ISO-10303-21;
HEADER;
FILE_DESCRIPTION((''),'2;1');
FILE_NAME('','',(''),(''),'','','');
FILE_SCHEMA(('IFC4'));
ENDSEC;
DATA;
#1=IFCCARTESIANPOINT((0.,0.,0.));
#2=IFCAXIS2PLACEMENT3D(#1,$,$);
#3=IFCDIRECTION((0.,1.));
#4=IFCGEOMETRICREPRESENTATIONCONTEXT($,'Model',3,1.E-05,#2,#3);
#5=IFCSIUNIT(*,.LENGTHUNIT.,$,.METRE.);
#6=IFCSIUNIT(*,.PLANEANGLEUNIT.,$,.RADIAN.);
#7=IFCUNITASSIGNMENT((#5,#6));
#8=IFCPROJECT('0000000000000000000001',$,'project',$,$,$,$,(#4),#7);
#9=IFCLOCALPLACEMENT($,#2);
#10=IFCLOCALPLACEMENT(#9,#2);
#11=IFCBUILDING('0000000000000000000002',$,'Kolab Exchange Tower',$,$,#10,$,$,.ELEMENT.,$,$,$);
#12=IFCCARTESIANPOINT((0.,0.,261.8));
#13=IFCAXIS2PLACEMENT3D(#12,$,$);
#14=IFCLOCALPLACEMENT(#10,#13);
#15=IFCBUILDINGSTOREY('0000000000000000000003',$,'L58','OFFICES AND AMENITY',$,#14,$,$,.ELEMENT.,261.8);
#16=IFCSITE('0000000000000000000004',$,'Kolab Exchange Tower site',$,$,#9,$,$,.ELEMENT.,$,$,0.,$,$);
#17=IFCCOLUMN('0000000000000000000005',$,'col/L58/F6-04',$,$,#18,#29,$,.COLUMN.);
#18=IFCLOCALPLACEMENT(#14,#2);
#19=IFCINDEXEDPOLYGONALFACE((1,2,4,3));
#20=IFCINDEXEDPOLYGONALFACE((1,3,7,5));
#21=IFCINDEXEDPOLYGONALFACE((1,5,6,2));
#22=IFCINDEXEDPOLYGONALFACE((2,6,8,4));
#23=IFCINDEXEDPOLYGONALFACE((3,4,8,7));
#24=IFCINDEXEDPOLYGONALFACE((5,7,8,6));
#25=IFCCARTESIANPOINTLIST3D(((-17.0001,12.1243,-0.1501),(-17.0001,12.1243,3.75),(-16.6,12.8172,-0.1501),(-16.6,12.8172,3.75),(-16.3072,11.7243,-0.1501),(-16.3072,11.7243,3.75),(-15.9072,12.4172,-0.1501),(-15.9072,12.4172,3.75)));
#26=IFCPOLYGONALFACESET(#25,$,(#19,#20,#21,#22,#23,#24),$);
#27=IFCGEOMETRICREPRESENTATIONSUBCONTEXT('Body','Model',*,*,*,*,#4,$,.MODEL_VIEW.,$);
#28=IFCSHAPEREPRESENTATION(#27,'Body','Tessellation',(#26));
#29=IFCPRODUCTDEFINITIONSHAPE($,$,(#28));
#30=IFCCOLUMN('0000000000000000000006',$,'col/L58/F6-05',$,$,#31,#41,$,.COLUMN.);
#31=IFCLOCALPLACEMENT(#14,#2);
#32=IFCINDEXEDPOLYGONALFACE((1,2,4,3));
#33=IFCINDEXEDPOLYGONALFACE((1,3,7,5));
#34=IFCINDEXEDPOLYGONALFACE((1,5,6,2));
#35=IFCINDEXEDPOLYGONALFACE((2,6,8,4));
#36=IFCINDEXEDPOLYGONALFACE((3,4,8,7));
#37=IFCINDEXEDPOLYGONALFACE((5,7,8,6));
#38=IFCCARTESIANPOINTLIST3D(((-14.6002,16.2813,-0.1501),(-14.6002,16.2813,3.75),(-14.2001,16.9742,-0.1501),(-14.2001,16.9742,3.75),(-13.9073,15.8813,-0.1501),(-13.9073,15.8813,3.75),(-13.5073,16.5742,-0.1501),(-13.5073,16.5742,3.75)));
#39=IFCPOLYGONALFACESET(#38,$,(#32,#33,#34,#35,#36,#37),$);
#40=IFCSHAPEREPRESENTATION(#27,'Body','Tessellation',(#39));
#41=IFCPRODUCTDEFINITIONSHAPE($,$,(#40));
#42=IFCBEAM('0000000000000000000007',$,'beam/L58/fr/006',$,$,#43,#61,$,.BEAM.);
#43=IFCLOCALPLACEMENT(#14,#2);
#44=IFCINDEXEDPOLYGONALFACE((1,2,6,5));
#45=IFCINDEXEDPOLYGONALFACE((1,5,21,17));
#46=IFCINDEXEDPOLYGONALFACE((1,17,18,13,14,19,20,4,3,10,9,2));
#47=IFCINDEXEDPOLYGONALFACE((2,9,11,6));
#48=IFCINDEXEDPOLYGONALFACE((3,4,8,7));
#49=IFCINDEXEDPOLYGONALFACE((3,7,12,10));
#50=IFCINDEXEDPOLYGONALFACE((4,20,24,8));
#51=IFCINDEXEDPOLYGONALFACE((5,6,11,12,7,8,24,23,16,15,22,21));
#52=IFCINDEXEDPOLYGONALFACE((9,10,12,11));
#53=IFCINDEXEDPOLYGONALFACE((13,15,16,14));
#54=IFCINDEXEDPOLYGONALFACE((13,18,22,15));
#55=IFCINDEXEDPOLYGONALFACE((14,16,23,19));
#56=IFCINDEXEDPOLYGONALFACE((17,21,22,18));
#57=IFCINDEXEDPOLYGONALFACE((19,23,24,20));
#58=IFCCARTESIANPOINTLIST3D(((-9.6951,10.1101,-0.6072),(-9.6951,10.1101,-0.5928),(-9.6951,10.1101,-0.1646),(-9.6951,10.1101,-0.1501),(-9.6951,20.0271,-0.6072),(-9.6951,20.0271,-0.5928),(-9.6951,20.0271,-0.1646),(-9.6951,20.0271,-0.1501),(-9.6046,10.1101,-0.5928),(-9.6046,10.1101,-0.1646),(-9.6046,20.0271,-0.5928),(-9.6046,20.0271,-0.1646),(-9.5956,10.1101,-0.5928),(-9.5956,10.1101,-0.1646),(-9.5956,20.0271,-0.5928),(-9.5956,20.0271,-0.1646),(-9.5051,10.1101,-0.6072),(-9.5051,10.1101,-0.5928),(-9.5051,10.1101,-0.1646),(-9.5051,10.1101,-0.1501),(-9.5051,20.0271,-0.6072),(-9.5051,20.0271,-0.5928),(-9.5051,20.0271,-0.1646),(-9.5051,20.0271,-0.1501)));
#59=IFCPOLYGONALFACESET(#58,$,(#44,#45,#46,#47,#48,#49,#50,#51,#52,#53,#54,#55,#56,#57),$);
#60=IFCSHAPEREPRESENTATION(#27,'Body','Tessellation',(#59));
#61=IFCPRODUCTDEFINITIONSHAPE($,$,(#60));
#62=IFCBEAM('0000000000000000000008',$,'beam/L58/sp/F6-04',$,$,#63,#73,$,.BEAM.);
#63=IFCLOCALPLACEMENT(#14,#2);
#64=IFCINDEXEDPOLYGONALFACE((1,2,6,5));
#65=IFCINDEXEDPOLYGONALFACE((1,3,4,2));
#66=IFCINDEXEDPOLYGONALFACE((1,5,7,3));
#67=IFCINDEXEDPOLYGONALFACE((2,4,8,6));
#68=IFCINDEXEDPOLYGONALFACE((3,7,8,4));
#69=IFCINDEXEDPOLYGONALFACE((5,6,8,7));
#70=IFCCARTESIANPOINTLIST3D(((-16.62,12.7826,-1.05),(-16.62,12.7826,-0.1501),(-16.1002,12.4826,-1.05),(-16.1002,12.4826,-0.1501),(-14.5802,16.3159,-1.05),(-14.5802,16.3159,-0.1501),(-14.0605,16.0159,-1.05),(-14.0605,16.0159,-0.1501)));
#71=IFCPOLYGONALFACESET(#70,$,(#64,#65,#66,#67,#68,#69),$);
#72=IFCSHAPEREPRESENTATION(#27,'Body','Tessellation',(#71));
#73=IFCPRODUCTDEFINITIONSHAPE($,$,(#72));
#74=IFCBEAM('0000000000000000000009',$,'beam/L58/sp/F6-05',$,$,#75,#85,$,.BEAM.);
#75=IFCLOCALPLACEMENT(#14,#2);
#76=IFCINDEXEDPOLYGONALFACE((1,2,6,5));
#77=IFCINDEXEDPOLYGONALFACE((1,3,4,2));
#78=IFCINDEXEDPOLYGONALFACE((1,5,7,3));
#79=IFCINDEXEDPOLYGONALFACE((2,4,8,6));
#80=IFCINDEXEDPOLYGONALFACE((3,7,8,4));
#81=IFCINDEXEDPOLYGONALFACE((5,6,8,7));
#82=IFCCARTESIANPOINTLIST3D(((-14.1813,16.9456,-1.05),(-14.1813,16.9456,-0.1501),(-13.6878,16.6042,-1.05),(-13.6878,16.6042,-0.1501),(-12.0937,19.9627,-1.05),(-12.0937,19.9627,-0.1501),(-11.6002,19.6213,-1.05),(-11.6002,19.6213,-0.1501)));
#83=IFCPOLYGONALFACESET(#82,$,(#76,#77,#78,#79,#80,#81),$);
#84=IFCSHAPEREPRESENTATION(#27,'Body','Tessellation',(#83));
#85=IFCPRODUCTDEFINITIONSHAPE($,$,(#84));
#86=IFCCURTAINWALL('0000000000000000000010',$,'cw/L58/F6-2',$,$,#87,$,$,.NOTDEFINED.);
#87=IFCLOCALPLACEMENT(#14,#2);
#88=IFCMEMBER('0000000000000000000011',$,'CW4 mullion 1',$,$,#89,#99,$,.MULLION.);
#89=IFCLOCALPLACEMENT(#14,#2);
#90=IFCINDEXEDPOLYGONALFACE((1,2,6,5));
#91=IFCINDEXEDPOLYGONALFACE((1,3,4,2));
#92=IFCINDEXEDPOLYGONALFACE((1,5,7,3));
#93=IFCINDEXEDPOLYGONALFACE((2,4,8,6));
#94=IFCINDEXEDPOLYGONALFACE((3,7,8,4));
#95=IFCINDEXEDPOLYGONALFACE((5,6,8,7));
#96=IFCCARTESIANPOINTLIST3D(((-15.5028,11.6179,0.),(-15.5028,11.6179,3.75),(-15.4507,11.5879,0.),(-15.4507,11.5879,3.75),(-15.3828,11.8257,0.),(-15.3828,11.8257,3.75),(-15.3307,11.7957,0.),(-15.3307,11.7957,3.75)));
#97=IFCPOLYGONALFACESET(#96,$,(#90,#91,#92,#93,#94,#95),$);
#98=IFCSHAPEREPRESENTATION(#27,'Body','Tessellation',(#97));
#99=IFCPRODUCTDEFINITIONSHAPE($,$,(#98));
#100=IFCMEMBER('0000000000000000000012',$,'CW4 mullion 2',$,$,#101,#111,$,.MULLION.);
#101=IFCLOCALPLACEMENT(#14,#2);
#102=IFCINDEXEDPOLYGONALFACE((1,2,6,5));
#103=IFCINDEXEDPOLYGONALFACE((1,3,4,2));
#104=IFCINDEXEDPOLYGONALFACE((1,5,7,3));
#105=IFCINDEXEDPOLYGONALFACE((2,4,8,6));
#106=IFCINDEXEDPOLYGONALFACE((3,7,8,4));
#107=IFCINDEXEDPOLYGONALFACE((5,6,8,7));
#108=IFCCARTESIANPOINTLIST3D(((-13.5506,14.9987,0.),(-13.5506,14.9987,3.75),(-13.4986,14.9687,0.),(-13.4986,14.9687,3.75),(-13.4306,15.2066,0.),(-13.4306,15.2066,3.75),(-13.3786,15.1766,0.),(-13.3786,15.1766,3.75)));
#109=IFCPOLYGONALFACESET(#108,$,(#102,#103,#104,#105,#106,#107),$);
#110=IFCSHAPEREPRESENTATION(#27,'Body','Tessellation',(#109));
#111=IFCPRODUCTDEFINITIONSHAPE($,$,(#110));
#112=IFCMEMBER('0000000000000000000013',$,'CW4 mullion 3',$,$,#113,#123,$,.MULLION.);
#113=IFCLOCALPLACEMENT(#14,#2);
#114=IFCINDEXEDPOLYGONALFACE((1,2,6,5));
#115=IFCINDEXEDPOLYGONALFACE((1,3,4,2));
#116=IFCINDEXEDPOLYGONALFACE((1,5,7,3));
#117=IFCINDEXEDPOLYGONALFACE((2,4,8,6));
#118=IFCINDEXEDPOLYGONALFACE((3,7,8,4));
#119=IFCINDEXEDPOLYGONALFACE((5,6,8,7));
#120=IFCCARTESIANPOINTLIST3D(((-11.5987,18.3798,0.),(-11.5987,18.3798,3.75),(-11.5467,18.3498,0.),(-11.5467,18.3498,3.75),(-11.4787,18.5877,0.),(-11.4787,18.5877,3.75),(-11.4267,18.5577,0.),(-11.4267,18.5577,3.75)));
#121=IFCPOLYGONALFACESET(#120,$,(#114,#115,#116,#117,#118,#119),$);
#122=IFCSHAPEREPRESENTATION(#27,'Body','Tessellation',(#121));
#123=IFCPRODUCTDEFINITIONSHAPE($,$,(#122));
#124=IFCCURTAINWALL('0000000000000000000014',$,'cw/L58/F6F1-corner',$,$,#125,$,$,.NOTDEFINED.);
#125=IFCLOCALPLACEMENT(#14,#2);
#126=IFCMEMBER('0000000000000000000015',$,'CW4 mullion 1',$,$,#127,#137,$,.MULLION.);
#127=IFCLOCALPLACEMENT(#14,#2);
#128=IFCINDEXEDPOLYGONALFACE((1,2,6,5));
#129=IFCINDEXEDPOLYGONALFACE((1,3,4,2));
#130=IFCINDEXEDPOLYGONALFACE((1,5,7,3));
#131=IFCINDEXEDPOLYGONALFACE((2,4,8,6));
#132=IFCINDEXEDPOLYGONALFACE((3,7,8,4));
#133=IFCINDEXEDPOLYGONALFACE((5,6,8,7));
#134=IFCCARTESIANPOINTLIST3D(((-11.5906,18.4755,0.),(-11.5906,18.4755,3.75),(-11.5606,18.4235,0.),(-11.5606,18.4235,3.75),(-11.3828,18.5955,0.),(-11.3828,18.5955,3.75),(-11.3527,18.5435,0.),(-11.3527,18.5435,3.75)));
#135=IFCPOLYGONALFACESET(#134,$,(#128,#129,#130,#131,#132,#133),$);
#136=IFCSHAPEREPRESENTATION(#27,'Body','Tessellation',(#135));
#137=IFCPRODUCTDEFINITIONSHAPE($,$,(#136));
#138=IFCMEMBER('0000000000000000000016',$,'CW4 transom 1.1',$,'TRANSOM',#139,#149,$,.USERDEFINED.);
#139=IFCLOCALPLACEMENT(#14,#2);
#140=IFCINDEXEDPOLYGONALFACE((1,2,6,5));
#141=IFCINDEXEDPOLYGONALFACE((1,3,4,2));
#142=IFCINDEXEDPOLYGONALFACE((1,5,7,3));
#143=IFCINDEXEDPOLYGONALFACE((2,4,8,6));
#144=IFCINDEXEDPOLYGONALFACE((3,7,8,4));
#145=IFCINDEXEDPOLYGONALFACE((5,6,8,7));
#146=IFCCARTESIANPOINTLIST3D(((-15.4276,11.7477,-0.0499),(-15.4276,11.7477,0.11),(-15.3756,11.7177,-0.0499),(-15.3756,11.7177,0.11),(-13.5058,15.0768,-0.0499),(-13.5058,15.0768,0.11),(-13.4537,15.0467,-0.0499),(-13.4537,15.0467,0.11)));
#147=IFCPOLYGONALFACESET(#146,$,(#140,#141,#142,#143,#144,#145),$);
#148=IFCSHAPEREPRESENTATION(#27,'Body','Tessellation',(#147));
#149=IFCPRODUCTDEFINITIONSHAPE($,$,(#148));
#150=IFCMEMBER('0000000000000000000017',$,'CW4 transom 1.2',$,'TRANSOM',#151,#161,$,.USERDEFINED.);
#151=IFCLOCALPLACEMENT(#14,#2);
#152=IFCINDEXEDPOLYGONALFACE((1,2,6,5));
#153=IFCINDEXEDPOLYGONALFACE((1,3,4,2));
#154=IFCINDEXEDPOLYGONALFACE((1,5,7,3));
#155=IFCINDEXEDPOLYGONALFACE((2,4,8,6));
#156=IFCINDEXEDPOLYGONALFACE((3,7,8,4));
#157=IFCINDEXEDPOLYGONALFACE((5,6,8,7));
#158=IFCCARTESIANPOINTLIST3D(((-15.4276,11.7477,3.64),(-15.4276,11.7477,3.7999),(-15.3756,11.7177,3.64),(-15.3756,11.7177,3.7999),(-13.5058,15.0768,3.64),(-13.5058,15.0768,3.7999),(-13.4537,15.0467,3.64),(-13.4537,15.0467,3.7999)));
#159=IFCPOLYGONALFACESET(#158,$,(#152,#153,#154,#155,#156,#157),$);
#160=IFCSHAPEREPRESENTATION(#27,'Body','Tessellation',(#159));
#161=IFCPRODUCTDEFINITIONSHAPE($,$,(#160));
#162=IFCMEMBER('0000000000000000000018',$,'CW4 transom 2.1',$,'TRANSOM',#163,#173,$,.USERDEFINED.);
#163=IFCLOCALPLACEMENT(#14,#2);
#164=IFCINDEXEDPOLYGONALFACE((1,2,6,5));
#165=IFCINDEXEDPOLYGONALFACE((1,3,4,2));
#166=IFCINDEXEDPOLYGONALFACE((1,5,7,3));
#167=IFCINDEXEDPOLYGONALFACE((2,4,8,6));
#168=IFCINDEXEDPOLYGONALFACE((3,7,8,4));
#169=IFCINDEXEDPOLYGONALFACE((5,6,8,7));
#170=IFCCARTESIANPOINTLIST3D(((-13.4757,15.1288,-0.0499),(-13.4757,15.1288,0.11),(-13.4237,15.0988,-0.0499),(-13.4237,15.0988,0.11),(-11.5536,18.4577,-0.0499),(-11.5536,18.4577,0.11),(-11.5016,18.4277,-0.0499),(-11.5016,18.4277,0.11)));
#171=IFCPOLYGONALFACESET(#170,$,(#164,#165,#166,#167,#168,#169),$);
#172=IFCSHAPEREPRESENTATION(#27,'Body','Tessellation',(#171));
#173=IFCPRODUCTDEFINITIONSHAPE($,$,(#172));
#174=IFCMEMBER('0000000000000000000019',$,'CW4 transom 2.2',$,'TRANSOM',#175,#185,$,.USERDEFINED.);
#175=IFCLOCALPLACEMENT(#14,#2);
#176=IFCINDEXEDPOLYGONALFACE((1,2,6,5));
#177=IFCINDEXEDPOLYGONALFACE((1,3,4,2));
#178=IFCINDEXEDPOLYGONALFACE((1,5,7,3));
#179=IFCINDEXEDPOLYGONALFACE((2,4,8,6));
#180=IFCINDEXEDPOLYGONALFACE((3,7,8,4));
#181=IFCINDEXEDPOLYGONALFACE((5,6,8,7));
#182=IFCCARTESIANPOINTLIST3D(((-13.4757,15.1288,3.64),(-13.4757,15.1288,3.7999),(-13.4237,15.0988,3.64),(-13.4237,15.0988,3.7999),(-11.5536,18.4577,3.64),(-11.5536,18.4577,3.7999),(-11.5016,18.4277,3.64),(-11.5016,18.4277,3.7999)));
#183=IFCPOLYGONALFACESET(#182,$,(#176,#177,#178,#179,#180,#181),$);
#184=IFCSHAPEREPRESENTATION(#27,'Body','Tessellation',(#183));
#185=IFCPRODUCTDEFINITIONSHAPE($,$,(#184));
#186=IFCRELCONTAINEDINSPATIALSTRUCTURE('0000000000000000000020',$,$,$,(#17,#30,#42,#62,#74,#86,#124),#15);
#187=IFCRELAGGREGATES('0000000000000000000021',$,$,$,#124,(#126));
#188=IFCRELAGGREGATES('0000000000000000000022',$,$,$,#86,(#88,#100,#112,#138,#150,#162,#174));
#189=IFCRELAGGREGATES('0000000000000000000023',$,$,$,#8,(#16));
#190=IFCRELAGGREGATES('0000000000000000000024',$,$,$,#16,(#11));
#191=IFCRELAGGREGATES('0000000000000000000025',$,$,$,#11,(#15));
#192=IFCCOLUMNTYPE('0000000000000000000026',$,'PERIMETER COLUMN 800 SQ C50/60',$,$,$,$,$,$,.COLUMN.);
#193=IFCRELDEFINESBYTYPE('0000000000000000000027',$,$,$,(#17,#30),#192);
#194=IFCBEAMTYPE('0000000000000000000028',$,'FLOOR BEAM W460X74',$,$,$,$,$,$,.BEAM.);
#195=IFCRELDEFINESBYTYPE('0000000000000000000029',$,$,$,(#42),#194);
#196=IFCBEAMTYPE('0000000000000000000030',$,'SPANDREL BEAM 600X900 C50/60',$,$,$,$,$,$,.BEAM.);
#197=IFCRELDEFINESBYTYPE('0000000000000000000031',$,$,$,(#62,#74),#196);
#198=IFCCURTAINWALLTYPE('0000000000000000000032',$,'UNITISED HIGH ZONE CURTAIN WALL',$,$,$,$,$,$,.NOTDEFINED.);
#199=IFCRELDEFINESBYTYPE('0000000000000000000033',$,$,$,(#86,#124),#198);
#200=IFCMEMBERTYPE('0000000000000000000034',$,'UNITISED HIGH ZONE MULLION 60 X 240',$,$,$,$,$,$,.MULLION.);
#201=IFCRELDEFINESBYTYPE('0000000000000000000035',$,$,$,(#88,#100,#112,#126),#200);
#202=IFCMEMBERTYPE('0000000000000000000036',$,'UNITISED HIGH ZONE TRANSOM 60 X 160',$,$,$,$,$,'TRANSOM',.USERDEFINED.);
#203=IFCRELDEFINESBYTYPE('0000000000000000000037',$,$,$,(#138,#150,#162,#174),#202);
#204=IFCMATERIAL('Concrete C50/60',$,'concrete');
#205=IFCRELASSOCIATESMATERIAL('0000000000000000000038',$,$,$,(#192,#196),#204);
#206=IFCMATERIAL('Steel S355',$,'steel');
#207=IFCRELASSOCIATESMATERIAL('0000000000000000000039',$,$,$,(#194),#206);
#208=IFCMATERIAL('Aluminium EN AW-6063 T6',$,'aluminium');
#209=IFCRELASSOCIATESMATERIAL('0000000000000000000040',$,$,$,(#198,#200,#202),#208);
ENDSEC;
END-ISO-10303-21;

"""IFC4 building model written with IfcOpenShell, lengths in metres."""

from ifc_helpers import new_model, si_unit, direction, frame, origin, origin_2d, place, context, subcontext, project, spatial, rectangle, i_section, extrude, material, material_profile, profile_set, type_object, element, aggregate, save


model = new_model("IFC4")

# Units and contexts
model_context = context("Model", 3, precision=1e-05, world=origin(), true_north=direction((0.0, 1.0)))
body_context = subcontext(model_context, "Body", "Model", "MODEL_VIEW")
ifc_project = project(units=[si_unit("LENGTHUNIT", "METRE"), si_unit("PLANEANGLEUNIT", "RADIAN")], contexts=[model_context])

# Site, building, storey
site_placement = place(None, origin())
site = spatial("IfcSite", under=ifc_project, at=site_placement, Name="Kolab Exchange Tower site", CompositionType="ELEMENT", RefElevation=0.0)
building_placement = place(site_placement, origin())
building = spatial("IfcBuilding", under=site, at=building_placement, Name="Kolab Exchange Tower", CompositionType="ELEMENT")
storey_placement = place(building_placement, frame((0.0, 0.0, 261.8)))
storey = spatial("IfcBuildingStorey", under=building, at=storey_placement, Name="L58", Description="OFFICES AND AMENITY", CompositionType="ELEMENT", Elevation=261.8)

# Columns
ifc_material_1 = material(Name="Concrete C50/60", Category="concrete")
ifc_material_profile_1 = material_profile(ifc_material_1, rectangle(XDim=0.8, YDim=0.8, at=origin_2d()), Name="RC800")
ifc_profile_set_1 = profile_set([ifc_material_profile_1], Name="Concrete C50/60")
column_type = type_object("IfcColumnType", Name="PERIMETER COLUMN 800 SQ C50/60", PredefinedType="COLUMN", material=ifc_profile_set_1)
for number, where, z_axis, x_axis, name in (
    (1, (-16.4536, 12.2708, -0.1501), (0.0, 0.0, 1.0), (0.5, 0.866025, 0.0), "col/L58/F6-04"),
    (2, (-14.0537, 16.4277, -0.1501), (0.0, 0.0, 1.0), (0.5, 0.866025, 0.0), "col/L58/F6-05"),
):
    element("IfcColumn", number, at=place(storey_placement, frame(where, z_axis=z_axis, x_axis=x_axis)), inside=storey, type_object=column_type, Name=name, PredefinedType="COLUMN", context=body_context, shape_type="SweptSolid", body=[
        extrude(rectangle(XDim=0.8, YDim=0.8, at=origin_2d()), origin(), (0.0, 0.0, 1.0), 3.9001),
    ])

# Beams
ifc_material_2 = material(Name="Steel S355", Category="steel")
ifc_material_profile_2 = material_profile(ifc_material_2, i_section(OverallWidth=0.1899, OverallDepth=0.457, WebThickness=0.009, FlangeThickness=0.0144, at=origin_2d()), Name="W460X74")
ifc_profile_set_2 = profile_set([ifc_material_profile_2], Name="Steel S355")
beam_type_1 = type_object("IfcBeamType", Name="FLOOR BEAM W460X74", PredefinedType="BEAM", material=ifc_profile_set_2)
beam_1_placement = place(storey_placement, frame((-9.6001, 10.1101, -0.3787), z_axis=(0.0, 1.0, 0.0), x_axis=(-1.0, 0.0, 0.0)))
element("IfcBeam", 3, at=beam_1_placement, inside=storey, type_object=beam_type_1, Name="beam/L58/fr/006", PredefinedType="BEAM", context=body_context, shape_type="SweptSolid", body=[
    extrude(i_section(OverallWidth=0.1899, OverallDepth=0.457, WebThickness=0.009, FlangeThickness=0.0144, at=origin_2d()), origin(), (0.0, 0.0, 1.0), 9.917),
])
ifc_material_profile_3 = material_profile(ifc_material_1, rectangle(XDim=0.6001, YDim=0.8999, at=origin_2d()), Name="RC600X900")
ifc_profile_set_3 = profile_set([ifc_material_profile_3], Name="Concrete C50/60")
beam_type_2 = type_object("IfcBeamType", Name="SPANDREL BEAM 600X900 C50/60", PredefinedType="BEAM", material=ifc_profile_set_3)
beam_2_placement = place(storey_placement, frame((-16.3601, 12.6326, -0.6001), z_axis=(0.499956, 0.866051, 0.0), x_axis=(-0.866051, 0.499956, 0.0)))
element("IfcBeam", 4, at=beam_2_placement, inside=storey, type_object=beam_type_2, Name="beam/L58/sp/F6-04", PredefinedType="BEAM", context=body_context, shape_type="SweptSolid", body=[
    extrude(rectangle(XDim=0.6001, YDim=0.8999, at=origin_2d()), origin(), (0.0, 0.0, 1.0), 4.0798),
])
beam_3_placement = place(storey_placement, frame((-13.9346, 16.7749, -0.6001), z_axis=(0.569006, 0.822334, 0.0), x_axis=(-0.822334, 0.569006, 0.0)))
element("IfcBeam", 5, at=beam_3_placement, inside=storey, type_object=beam_type_2, Name="beam/L58/sp/F6-05", PredefinedType="BEAM", context=body_context, shape_type="SweptSolid", body=[
    extrude(rectangle(XDim=0.6001, YDim=0.8999, at=origin_2d()), origin(), (0.0, 0.0, 1.0), 3.6689),
])

# Curtain wall, members
ifc_material_3 = material(Name="Aluminium EN AW-6063 T6", Category="aluminium")
curtain_wall_type = type_object("IfcCurtainWallType", Name="UNITISED HIGH ZONE CURTAIN WALL", PredefinedType="NOTDEFINED", material=ifc_material_3)
curtain_wall_1_placement = place(storey_placement, origin())
curtain_wall_1 = element("IfcCurtainWall", 6, at=curtain_wall_1_placement, inside=storey, type_object=curtain_wall_type, Name="cw/L58/F6-2", PredefinedType="NOTDEFINED")
ifc_material_profile_4 = material_profile(ifc_material_3, rectangle(XDim=0.0601, YDim=0.24, at=origin_2d()), Name="RECT 60X240")
ifc_profile_set_4 = profile_set([ifc_material_profile_4], Name="Aluminium EN AW-6063 T6")
member_type_1 = type_object("IfcMemberType", Name="UNITISED HIGH ZONE MULLION 60 X 240", PredefinedType="MULLION", material=ifc_profile_set_4)
member_1_placement = place(storey_placement, frame((-15.4167, 11.7068, 0.0), z_axis=(0.0, 0.0, 1.0), x_axis=(-0.866025, 0.5, 0.0)))
member_1 = element("IfcMember", 7, at=member_1_placement, type_object=member_type_1, Name="CW4 mullion 1", PredefinedType="MULLION", context=body_context, shape_type="SweptSolid", body=[
    extrude(rectangle(XDim=0.0601, YDim=0.24, at=origin_2d()), origin(), (0.0, 0.0, 1.0), 3.75),
])
member_2_placement = place(storey_placement, frame((-13.4646, 15.0876, 0.0), z_axis=(0.0, 0.0, 1.0), x_axis=(-0.866025, 0.5, 0.0)))
member_2 = element("IfcMember", 8, at=member_2_placement, type_object=member_type_1, Name="CW4 mullion 2", PredefinedType="MULLION", context=body_context, shape_type="SweptSolid", body=[
    extrude(rectangle(XDim=0.0601, YDim=0.24, at=origin_2d()), origin(), (0.0, 0.0, 1.0), 3.75),
])
member_3_placement = place(storey_placement, frame((-11.5127, 18.4688, 0.0), z_axis=(0.0, 0.0, 1.0), x_axis=(-0.866025, 0.5, 0.0)))
member_3 = element("IfcMember", 9, at=member_3_placement, type_object=member_type_1, Name="CW4 mullion 3", PredefinedType="MULLION", context=body_context, shape_type="SweptSolid", body=[
    extrude(rectangle(XDim=0.0601, YDim=0.24, at=origin_2d()), origin(), (0.0, 0.0, 1.0), 3.75),
])

# Curtain wall, member
curtain_wall_2_placement = place(storey_placement, origin())
curtain_wall_2 = element("IfcCurtainWall", 10, at=curtain_wall_2_placement, inside=storey, type_object=curtain_wall_type, Name="cw/L58/F6F1-corner", PredefinedType="NOTDEFINED")
member_4_placement = place(storey_placement, frame((-11.4717, 18.5095, 0.0), z_axis=(0.0, 0.0, 1.0), x_axis=(-0.5, 0.866025, 0.0)))
member_4 = element("IfcMember", 11, at=member_4_placement, type_object=member_type_1, Name="CW4 mullion 1", PredefinedType="MULLION", context=body_context, shape_type="SweptSolid", body=[
    extrude(rectangle(XDim=0.0601, YDim=0.24, at=origin_2d()), origin(), (0.0, 0.0, 1.0), 3.75),
])

# Members
ifc_material_profile_5 = material_profile(ifc_material_3, rectangle(XDim=0.0601, YDim=0.1599, at=origin_2d()), Name="RECT 60X160")
ifc_profile_set_5 = profile_set([ifc_material_profile_5], Name="Aluminium EN AW-6063 T6")
member_type_2 = type_object("IfcMemberType", Name="UNITISED HIGH ZONE TRANSOM 60 X 160", ElementType="TRANSOM", PredefinedType="USERDEFINED", material=ifc_profile_set_5)
member_5_placement = place(storey_placement, frame((-15.4016, 11.7327, 0.03), z_axis=(0.499964, 0.866046, 0.0), x_axis=(-0.866046, 0.499964, 0.0)))
member_5 = element("IfcMember", 12, at=member_5_placement, type_object=member_type_2, Name="CW4 transom 1.1", ObjectType="TRANSOM", PredefinedType="USERDEFINED", context=body_context, shape_type="SweptSolid", body=[
    extrude(rectangle(XDim=0.0601, YDim=0.1599, at=origin_2d()), origin(), (0.0, 0.0, 1.0), 3.844),
])
member_6_placement = place(storey_placement, frame((-15.4016, 11.7327, 3.72), z_axis=(0.499964, 0.866046, 0.0), x_axis=(-0.866046, 0.499964, 0.0)))
member_6 = element("IfcMember", 13, at=member_6_placement, type_object=member_type_2, Name="CW4 transom 1.2", ObjectType="TRANSOM", PredefinedType="USERDEFINED", context=body_context, shape_type="SweptSolid", body=[
    extrude(rectangle(XDim=0.0601, YDim=0.1599, at=origin_2d()), origin(), (0.0, 0.0, 1.0), 3.844),
])
member_7_placement = place(storey_placement, frame((-13.4497, 15.1138, 0.03), z_axis=(0.500039, 0.866003, 0.0), x_axis=(-0.866003, 0.500039, 0.0)))
member_7 = element("IfcMember", 14, at=member_7_placement, type_object=member_type_2, Name="CW4 transom 2.1", ObjectType="TRANSOM", PredefinedType="USERDEFINED", context=body_context, shape_type="SweptSolid", body=[
    extrude(rectangle(XDim=0.0601, YDim=0.1599, at=origin_2d()), origin(), (0.0, 0.0, 1.0), 3.844),
])
member_8_placement = place(storey_placement, frame((-13.4497, 15.1138, 3.72), z_axis=(0.500039, 0.866003, 0.0), x_axis=(-0.866003, 0.500039, 0.0)))
member_8 = element("IfcMember", 15, at=member_8_placement, type_object=member_type_2, Name="CW4 transom 2.2", ObjectType="TRANSOM", PredefinedType="USERDEFINED", context=body_context, shape_type="SweptSolid", body=[
    extrude(rectangle(XDim=0.0601, YDim=0.1599, at=origin_2d()), origin(), (0.0, 0.0, 1.0), 3.844),
])
aggregate(curtain_wall_2, [member_4])

aggregate(curtain_wall_1, [member_1, member_2, member_3, member_5, member_6, member_7, member_8])

save(model, "model.ifc")
